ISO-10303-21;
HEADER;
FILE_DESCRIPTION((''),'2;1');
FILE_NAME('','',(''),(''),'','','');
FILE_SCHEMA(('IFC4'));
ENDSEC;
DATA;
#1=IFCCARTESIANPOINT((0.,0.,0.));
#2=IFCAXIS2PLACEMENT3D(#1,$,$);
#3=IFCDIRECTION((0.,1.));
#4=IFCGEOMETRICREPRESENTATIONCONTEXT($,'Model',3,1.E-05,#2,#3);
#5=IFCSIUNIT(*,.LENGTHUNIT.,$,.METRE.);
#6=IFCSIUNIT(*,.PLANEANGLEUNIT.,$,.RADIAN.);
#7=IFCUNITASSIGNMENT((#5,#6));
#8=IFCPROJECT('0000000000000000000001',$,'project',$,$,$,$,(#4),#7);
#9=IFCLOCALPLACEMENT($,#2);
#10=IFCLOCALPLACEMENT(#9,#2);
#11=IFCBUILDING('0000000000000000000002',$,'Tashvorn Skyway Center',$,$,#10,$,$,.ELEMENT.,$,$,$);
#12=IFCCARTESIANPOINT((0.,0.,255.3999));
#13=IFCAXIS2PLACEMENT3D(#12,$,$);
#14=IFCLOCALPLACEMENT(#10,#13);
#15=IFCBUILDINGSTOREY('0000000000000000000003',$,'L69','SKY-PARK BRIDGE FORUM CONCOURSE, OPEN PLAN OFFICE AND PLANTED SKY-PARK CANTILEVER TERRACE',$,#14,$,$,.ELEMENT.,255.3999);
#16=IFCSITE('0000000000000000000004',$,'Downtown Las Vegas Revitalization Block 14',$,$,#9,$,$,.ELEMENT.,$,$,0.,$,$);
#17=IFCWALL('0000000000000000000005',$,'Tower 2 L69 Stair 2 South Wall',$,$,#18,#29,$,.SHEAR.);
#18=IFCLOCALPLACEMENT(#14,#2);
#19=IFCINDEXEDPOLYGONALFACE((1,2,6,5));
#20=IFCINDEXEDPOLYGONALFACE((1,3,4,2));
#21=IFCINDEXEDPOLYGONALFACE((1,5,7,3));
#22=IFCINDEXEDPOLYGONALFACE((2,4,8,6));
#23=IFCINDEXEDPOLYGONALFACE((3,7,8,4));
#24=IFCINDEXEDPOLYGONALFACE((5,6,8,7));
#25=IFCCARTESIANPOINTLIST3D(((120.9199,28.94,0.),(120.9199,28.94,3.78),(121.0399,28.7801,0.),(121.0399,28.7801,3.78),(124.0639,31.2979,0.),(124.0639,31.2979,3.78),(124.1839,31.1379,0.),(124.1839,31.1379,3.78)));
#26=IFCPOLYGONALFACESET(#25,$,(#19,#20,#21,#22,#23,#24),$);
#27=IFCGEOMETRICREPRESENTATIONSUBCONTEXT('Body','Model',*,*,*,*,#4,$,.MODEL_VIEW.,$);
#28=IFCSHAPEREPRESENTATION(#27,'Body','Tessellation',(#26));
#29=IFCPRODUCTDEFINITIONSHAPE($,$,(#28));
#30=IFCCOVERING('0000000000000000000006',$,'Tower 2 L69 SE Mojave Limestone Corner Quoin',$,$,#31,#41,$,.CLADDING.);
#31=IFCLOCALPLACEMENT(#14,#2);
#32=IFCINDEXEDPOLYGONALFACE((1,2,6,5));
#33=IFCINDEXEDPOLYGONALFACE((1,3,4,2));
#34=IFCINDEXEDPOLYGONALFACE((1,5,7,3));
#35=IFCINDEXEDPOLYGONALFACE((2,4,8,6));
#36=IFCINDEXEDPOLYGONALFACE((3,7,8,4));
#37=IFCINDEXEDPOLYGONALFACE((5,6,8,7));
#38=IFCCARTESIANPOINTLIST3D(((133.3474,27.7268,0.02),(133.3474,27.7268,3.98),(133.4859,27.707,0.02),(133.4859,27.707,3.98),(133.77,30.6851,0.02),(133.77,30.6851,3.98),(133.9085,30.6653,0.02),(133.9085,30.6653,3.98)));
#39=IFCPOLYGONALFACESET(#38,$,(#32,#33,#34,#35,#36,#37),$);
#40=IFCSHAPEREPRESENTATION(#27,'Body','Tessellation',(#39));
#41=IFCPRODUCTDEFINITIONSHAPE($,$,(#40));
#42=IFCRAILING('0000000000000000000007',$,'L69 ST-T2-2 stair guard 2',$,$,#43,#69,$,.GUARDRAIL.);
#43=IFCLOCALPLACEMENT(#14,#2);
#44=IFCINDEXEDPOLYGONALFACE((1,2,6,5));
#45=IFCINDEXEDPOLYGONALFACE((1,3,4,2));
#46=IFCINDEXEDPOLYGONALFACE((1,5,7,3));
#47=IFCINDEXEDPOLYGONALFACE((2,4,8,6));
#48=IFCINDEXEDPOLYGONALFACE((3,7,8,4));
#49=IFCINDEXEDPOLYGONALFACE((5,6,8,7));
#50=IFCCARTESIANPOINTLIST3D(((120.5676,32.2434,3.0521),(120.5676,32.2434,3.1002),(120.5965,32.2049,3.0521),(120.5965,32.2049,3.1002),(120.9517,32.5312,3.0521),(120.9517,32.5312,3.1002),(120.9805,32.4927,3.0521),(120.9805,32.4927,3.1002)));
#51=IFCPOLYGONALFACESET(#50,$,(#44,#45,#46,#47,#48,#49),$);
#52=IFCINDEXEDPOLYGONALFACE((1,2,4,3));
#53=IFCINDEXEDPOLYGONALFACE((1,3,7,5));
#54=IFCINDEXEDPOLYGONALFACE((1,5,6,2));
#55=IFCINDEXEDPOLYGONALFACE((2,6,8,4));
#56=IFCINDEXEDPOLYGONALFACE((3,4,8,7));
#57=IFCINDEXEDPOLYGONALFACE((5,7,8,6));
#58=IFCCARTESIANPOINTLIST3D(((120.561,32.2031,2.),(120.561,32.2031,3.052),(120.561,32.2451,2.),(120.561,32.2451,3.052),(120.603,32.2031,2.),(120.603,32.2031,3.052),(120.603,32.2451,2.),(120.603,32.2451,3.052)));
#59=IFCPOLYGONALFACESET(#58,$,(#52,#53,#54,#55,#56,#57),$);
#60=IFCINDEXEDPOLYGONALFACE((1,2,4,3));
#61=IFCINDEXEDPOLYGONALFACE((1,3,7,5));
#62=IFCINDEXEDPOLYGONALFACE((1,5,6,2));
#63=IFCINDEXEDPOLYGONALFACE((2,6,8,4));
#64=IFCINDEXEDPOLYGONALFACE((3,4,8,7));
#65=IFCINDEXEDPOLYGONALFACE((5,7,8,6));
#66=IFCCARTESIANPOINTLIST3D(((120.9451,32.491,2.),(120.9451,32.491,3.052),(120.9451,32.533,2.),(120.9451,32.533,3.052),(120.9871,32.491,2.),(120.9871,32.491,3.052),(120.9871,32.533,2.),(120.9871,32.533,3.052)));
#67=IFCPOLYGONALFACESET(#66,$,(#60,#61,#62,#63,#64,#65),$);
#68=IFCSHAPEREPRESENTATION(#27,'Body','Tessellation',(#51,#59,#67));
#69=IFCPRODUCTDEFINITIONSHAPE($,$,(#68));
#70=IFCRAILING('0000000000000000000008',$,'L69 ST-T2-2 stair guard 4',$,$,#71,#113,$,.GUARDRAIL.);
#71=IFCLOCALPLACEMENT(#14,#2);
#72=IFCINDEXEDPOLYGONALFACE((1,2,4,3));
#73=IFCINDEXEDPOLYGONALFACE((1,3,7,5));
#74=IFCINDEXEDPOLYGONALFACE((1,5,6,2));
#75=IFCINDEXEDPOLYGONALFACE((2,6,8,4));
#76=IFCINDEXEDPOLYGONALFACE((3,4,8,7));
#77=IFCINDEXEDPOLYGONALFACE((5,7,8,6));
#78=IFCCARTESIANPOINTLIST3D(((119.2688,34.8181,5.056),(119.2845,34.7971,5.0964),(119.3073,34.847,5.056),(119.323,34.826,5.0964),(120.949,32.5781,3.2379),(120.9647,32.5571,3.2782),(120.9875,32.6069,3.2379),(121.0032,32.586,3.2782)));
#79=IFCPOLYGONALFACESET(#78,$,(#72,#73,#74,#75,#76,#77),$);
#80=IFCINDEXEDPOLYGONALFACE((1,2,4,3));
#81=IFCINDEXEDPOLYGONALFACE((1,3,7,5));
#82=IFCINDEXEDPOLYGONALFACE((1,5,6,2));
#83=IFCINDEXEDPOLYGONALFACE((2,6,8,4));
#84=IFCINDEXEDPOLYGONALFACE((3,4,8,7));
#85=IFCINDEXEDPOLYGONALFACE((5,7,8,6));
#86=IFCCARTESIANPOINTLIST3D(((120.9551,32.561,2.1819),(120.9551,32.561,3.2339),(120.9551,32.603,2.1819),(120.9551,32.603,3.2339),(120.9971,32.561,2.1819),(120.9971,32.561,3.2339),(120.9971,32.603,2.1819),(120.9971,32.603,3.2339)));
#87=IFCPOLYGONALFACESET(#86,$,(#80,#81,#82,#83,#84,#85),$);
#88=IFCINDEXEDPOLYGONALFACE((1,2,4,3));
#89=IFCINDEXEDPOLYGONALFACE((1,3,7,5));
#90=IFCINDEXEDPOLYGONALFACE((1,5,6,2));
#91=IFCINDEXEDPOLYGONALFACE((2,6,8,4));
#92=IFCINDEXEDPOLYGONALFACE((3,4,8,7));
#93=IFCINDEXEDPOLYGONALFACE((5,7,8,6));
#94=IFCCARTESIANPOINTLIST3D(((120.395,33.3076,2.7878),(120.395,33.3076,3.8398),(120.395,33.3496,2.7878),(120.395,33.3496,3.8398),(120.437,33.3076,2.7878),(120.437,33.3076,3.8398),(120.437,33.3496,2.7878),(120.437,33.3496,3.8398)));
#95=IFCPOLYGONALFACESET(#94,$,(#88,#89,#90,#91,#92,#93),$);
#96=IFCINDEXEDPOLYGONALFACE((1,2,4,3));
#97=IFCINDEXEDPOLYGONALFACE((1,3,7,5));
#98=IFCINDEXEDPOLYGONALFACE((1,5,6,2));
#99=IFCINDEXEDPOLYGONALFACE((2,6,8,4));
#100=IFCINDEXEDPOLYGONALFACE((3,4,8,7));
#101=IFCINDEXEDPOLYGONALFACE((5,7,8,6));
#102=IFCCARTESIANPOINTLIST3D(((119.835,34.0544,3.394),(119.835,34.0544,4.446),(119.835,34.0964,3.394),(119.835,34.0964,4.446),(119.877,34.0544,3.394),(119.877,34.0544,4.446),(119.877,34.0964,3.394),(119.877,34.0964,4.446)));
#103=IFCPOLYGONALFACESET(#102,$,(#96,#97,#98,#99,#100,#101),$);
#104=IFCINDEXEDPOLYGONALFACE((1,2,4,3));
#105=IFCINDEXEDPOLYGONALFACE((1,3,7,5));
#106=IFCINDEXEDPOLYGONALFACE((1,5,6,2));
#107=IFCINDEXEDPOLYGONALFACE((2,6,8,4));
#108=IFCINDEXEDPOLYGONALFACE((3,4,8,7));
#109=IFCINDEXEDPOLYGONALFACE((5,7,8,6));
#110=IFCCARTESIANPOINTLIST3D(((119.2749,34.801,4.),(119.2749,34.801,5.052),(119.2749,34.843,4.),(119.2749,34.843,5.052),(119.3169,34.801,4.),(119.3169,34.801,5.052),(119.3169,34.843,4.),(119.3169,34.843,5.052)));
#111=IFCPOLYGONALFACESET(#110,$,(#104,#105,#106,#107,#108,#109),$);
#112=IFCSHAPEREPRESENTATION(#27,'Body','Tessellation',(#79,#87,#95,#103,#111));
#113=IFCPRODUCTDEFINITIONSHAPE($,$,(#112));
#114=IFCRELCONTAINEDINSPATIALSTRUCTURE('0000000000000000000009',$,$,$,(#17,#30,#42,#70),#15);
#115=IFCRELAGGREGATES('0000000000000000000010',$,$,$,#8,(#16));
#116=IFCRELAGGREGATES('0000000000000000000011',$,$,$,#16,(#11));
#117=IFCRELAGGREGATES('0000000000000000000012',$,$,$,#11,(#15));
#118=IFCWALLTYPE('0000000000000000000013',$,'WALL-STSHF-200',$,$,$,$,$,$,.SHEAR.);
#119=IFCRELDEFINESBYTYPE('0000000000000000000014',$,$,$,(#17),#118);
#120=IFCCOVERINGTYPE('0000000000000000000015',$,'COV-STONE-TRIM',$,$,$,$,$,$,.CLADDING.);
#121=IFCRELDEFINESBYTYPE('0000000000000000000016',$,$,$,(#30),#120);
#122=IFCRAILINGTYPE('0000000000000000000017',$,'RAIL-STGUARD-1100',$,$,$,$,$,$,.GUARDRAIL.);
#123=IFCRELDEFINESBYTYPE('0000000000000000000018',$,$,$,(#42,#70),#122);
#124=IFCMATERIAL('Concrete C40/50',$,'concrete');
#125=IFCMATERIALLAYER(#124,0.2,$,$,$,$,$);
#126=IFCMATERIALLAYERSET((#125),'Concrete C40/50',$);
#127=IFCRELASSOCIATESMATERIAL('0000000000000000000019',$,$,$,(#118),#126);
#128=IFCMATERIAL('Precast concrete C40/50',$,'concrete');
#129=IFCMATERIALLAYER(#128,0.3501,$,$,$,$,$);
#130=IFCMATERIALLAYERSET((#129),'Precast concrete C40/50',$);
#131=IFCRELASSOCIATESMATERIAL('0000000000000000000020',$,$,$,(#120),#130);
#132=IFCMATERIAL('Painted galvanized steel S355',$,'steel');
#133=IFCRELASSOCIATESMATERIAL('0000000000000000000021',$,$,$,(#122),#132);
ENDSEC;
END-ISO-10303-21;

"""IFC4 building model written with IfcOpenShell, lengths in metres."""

from ifc_helpers import new_model, si_unit, direction, frame, frame_2d, origin, origin_2d, place, context, subcontext, project, spatial, rectangle, extrude, material, layer, layer_set, type_object, element, save


model = new_model("IFC4")

# Units and contexts
model_context = context("Model", 3, precision=1e-05, world=origin(), true_north=direction((0.0, 1.0)))
body_context = subcontext(model_context, "Body", "Model", "MODEL_VIEW")
ifc_project = project(units=[si_unit("LENGTHUNIT", "METRE"), si_unit("PLANEANGLEUNIT", "RADIAN")], contexts=[model_context])

# Site, building, storey
site_placement = place(None, origin())
site = spatial("IfcSite", under=ifc_project, at=site_placement, Name="Downtown Las Vegas Revitalization Block 14", CompositionType="ELEMENT", RefElevation=0.0)
building_placement = place(site_placement, origin())
building = spatial("IfcBuilding", under=site, at=building_placement, Name="Tashvorn Skyway Center", CompositionType="ELEMENT")
storey_placement = place(building_placement, frame((0.0, 0.0, 255.3999)))
storey = spatial("IfcBuildingStorey", under=building, at=storey_placement, Name="L69", Description="SKY-PARK BRIDGE FORUM CONCOURSE, OPEN PLAN OFFICE AND PLANTED SKY-PARK CANTILEVER TERRACE", CompositionType="ELEMENT", Elevation=255.3999)

# Shared definitions
ifc_material_1 = material(Name="Precast concrete C40/50", Category="concrete")

# Shared definitions
ifc_material_2 = material(Name="Concrete C40/50", Category="concrete")

# Wall
ifc_layer_1 = layer(ifc_material_2, 0.2)
ifc_layer_set_1 = layer_set([ifc_layer_1], Name="Concrete C40/50")
wall_type_1 = type_object("IfcWallType", Name="WALL-STSHF-200", PredefinedType="SHEAR", material=ifc_layer_set_1)
wall_1_placement = place(storey_placement, frame((120.98, 28.8601, 0.0), z_axis=(0.0, 0.0, 1.0), x_axis=(0.800015, 0.59998, 0.0)))
element("IfcWall", 1, at=wall_1_placement, inside=storey, type_object=wall_type_1, Name="Tower 2 L69 Stair 2 South Wall", PredefinedType="SHEAR", context=body_context, shape_type="SweptSolid", body=[
    extrude(rectangle(XDim=3.9299, YDim=0.2, at=frame_2d((1.9648, 0.0))), origin(), (0.0, 0.0, 1.0), 3.78),
])

# Covering
ifc_layer_2 = layer(ifc_material_1, 0.3501)
ifc_layer_set_2 = layer_set([ifc_layer_2], Name="Precast concrete C40/50")
covering_type = type_object("IfcCoveringType", Name="COV-STONE-TRIM", PredefinedType="CLADDING", material=ifc_layer_set_2)
covering_placement = place(storey_placement, frame((133.6279, 29.196, 0.02), z_axis=(0.0, 0.0, 1.0), x_axis=(0.141421, 0.989949, 0.0)))
element("IfcCovering", 2, at=covering_placement, inside=storey, type_object=covering_type, Name="Tower 2 L69 SE Mojave Limestone Corner Quoin", PredefinedType="CLADDING", context=body_context, shape_type="SweptSolid", body=[
    extrude(rectangle(XDim=2.9883, YDim=0.1399, at=origin_2d()), origin(), (0.0, 0.0, 1.0), 3.96),
])

# Railings
ifc_material_3 = material(Name="Painted galvanized steel S355", Category="steel")
railing_type = type_object("IfcRailingType", Name="RAIL-STGUARD-1100", PredefinedType="GUARDRAIL", material=ifc_material_3)
railing_1_placement = place(storey_placement, frame((120.582, 32.2241, 2.0)))
element("IfcRailing", 3, at=railing_1_placement, inside=storey, type_object=railing_type, Name="L69 ST-T2-2 stair guard 2", PredefinedType="GUARDRAIL", context=body_context, shape_type="SweptSolid", body=[
    extrude(rectangle(XDim=0.0481, YDim=0.0481, at=origin_2d()), frame((0.0, 0.0, 1.0762), z_axis=(0.800183, 0.599756, 0.0), x_axis=(-0.599756, 0.800183, 0.0)), (0.0, 0.0, 1.0), 0.48),
    extrude(rectangle(XDim=0.042, YDim=0.042, at=origin_2d()), origin(), (0.0, 0.0, 1.0), 1.052),
    extrude(rectangle(XDim=0.042, YDim=0.042, at=origin_2d()), frame((0.384, 0.2878, 0.0)), (0.0, 0.0, 1.0), 1.052),
])
railing_2_placement = place(storey_placement, frame((120.9761, 32.582, 2.1819)))
element("IfcRailing", 4, at=railing_2_placement, inside=storey, type_object=railing_type, Name="L69 ST-T2-2 stair guard 4", PredefinedType="GUARDRAIL", context=body_context, shape_type="SweptSolid", body=[
    extrude(rectangle(XDim=0.0481, YDim=0.0481, at=origin_2d()), frame((0.0, 0.0, 1.0762), z_axis=(-0.503261, 0.670942, 0.544578), x_axis=(-0.799969, -0.600042, 0.0)), (0.0, 0.0, 1.0), 3.3386),
    extrude(rectangle(XDim=0.042, YDim=0.042, at=origin_2d()), origin(), (0.0, 0.0, 1.0), 1.052),
    extrude(rectangle(XDim=0.042, YDim=0.042, at=origin_2d()), frame((-0.5601, 0.7466, 0.606)), (0.0, 0.0, 1.0), 1.052),
    extrude(rectangle(XDim=0.042, YDim=0.042, at=origin_2d()), frame((-1.1201, 1.4934, 1.2122)), (0.0, 0.0, 1.0), 1.052),
    extrude(rectangle(XDim=0.042, YDim=0.042, at=origin_2d()), frame((-1.6802, 2.24, 1.8181)), (0.0, 0.0, 1.0), 1.052),
])

save(model, "model.ifc")
